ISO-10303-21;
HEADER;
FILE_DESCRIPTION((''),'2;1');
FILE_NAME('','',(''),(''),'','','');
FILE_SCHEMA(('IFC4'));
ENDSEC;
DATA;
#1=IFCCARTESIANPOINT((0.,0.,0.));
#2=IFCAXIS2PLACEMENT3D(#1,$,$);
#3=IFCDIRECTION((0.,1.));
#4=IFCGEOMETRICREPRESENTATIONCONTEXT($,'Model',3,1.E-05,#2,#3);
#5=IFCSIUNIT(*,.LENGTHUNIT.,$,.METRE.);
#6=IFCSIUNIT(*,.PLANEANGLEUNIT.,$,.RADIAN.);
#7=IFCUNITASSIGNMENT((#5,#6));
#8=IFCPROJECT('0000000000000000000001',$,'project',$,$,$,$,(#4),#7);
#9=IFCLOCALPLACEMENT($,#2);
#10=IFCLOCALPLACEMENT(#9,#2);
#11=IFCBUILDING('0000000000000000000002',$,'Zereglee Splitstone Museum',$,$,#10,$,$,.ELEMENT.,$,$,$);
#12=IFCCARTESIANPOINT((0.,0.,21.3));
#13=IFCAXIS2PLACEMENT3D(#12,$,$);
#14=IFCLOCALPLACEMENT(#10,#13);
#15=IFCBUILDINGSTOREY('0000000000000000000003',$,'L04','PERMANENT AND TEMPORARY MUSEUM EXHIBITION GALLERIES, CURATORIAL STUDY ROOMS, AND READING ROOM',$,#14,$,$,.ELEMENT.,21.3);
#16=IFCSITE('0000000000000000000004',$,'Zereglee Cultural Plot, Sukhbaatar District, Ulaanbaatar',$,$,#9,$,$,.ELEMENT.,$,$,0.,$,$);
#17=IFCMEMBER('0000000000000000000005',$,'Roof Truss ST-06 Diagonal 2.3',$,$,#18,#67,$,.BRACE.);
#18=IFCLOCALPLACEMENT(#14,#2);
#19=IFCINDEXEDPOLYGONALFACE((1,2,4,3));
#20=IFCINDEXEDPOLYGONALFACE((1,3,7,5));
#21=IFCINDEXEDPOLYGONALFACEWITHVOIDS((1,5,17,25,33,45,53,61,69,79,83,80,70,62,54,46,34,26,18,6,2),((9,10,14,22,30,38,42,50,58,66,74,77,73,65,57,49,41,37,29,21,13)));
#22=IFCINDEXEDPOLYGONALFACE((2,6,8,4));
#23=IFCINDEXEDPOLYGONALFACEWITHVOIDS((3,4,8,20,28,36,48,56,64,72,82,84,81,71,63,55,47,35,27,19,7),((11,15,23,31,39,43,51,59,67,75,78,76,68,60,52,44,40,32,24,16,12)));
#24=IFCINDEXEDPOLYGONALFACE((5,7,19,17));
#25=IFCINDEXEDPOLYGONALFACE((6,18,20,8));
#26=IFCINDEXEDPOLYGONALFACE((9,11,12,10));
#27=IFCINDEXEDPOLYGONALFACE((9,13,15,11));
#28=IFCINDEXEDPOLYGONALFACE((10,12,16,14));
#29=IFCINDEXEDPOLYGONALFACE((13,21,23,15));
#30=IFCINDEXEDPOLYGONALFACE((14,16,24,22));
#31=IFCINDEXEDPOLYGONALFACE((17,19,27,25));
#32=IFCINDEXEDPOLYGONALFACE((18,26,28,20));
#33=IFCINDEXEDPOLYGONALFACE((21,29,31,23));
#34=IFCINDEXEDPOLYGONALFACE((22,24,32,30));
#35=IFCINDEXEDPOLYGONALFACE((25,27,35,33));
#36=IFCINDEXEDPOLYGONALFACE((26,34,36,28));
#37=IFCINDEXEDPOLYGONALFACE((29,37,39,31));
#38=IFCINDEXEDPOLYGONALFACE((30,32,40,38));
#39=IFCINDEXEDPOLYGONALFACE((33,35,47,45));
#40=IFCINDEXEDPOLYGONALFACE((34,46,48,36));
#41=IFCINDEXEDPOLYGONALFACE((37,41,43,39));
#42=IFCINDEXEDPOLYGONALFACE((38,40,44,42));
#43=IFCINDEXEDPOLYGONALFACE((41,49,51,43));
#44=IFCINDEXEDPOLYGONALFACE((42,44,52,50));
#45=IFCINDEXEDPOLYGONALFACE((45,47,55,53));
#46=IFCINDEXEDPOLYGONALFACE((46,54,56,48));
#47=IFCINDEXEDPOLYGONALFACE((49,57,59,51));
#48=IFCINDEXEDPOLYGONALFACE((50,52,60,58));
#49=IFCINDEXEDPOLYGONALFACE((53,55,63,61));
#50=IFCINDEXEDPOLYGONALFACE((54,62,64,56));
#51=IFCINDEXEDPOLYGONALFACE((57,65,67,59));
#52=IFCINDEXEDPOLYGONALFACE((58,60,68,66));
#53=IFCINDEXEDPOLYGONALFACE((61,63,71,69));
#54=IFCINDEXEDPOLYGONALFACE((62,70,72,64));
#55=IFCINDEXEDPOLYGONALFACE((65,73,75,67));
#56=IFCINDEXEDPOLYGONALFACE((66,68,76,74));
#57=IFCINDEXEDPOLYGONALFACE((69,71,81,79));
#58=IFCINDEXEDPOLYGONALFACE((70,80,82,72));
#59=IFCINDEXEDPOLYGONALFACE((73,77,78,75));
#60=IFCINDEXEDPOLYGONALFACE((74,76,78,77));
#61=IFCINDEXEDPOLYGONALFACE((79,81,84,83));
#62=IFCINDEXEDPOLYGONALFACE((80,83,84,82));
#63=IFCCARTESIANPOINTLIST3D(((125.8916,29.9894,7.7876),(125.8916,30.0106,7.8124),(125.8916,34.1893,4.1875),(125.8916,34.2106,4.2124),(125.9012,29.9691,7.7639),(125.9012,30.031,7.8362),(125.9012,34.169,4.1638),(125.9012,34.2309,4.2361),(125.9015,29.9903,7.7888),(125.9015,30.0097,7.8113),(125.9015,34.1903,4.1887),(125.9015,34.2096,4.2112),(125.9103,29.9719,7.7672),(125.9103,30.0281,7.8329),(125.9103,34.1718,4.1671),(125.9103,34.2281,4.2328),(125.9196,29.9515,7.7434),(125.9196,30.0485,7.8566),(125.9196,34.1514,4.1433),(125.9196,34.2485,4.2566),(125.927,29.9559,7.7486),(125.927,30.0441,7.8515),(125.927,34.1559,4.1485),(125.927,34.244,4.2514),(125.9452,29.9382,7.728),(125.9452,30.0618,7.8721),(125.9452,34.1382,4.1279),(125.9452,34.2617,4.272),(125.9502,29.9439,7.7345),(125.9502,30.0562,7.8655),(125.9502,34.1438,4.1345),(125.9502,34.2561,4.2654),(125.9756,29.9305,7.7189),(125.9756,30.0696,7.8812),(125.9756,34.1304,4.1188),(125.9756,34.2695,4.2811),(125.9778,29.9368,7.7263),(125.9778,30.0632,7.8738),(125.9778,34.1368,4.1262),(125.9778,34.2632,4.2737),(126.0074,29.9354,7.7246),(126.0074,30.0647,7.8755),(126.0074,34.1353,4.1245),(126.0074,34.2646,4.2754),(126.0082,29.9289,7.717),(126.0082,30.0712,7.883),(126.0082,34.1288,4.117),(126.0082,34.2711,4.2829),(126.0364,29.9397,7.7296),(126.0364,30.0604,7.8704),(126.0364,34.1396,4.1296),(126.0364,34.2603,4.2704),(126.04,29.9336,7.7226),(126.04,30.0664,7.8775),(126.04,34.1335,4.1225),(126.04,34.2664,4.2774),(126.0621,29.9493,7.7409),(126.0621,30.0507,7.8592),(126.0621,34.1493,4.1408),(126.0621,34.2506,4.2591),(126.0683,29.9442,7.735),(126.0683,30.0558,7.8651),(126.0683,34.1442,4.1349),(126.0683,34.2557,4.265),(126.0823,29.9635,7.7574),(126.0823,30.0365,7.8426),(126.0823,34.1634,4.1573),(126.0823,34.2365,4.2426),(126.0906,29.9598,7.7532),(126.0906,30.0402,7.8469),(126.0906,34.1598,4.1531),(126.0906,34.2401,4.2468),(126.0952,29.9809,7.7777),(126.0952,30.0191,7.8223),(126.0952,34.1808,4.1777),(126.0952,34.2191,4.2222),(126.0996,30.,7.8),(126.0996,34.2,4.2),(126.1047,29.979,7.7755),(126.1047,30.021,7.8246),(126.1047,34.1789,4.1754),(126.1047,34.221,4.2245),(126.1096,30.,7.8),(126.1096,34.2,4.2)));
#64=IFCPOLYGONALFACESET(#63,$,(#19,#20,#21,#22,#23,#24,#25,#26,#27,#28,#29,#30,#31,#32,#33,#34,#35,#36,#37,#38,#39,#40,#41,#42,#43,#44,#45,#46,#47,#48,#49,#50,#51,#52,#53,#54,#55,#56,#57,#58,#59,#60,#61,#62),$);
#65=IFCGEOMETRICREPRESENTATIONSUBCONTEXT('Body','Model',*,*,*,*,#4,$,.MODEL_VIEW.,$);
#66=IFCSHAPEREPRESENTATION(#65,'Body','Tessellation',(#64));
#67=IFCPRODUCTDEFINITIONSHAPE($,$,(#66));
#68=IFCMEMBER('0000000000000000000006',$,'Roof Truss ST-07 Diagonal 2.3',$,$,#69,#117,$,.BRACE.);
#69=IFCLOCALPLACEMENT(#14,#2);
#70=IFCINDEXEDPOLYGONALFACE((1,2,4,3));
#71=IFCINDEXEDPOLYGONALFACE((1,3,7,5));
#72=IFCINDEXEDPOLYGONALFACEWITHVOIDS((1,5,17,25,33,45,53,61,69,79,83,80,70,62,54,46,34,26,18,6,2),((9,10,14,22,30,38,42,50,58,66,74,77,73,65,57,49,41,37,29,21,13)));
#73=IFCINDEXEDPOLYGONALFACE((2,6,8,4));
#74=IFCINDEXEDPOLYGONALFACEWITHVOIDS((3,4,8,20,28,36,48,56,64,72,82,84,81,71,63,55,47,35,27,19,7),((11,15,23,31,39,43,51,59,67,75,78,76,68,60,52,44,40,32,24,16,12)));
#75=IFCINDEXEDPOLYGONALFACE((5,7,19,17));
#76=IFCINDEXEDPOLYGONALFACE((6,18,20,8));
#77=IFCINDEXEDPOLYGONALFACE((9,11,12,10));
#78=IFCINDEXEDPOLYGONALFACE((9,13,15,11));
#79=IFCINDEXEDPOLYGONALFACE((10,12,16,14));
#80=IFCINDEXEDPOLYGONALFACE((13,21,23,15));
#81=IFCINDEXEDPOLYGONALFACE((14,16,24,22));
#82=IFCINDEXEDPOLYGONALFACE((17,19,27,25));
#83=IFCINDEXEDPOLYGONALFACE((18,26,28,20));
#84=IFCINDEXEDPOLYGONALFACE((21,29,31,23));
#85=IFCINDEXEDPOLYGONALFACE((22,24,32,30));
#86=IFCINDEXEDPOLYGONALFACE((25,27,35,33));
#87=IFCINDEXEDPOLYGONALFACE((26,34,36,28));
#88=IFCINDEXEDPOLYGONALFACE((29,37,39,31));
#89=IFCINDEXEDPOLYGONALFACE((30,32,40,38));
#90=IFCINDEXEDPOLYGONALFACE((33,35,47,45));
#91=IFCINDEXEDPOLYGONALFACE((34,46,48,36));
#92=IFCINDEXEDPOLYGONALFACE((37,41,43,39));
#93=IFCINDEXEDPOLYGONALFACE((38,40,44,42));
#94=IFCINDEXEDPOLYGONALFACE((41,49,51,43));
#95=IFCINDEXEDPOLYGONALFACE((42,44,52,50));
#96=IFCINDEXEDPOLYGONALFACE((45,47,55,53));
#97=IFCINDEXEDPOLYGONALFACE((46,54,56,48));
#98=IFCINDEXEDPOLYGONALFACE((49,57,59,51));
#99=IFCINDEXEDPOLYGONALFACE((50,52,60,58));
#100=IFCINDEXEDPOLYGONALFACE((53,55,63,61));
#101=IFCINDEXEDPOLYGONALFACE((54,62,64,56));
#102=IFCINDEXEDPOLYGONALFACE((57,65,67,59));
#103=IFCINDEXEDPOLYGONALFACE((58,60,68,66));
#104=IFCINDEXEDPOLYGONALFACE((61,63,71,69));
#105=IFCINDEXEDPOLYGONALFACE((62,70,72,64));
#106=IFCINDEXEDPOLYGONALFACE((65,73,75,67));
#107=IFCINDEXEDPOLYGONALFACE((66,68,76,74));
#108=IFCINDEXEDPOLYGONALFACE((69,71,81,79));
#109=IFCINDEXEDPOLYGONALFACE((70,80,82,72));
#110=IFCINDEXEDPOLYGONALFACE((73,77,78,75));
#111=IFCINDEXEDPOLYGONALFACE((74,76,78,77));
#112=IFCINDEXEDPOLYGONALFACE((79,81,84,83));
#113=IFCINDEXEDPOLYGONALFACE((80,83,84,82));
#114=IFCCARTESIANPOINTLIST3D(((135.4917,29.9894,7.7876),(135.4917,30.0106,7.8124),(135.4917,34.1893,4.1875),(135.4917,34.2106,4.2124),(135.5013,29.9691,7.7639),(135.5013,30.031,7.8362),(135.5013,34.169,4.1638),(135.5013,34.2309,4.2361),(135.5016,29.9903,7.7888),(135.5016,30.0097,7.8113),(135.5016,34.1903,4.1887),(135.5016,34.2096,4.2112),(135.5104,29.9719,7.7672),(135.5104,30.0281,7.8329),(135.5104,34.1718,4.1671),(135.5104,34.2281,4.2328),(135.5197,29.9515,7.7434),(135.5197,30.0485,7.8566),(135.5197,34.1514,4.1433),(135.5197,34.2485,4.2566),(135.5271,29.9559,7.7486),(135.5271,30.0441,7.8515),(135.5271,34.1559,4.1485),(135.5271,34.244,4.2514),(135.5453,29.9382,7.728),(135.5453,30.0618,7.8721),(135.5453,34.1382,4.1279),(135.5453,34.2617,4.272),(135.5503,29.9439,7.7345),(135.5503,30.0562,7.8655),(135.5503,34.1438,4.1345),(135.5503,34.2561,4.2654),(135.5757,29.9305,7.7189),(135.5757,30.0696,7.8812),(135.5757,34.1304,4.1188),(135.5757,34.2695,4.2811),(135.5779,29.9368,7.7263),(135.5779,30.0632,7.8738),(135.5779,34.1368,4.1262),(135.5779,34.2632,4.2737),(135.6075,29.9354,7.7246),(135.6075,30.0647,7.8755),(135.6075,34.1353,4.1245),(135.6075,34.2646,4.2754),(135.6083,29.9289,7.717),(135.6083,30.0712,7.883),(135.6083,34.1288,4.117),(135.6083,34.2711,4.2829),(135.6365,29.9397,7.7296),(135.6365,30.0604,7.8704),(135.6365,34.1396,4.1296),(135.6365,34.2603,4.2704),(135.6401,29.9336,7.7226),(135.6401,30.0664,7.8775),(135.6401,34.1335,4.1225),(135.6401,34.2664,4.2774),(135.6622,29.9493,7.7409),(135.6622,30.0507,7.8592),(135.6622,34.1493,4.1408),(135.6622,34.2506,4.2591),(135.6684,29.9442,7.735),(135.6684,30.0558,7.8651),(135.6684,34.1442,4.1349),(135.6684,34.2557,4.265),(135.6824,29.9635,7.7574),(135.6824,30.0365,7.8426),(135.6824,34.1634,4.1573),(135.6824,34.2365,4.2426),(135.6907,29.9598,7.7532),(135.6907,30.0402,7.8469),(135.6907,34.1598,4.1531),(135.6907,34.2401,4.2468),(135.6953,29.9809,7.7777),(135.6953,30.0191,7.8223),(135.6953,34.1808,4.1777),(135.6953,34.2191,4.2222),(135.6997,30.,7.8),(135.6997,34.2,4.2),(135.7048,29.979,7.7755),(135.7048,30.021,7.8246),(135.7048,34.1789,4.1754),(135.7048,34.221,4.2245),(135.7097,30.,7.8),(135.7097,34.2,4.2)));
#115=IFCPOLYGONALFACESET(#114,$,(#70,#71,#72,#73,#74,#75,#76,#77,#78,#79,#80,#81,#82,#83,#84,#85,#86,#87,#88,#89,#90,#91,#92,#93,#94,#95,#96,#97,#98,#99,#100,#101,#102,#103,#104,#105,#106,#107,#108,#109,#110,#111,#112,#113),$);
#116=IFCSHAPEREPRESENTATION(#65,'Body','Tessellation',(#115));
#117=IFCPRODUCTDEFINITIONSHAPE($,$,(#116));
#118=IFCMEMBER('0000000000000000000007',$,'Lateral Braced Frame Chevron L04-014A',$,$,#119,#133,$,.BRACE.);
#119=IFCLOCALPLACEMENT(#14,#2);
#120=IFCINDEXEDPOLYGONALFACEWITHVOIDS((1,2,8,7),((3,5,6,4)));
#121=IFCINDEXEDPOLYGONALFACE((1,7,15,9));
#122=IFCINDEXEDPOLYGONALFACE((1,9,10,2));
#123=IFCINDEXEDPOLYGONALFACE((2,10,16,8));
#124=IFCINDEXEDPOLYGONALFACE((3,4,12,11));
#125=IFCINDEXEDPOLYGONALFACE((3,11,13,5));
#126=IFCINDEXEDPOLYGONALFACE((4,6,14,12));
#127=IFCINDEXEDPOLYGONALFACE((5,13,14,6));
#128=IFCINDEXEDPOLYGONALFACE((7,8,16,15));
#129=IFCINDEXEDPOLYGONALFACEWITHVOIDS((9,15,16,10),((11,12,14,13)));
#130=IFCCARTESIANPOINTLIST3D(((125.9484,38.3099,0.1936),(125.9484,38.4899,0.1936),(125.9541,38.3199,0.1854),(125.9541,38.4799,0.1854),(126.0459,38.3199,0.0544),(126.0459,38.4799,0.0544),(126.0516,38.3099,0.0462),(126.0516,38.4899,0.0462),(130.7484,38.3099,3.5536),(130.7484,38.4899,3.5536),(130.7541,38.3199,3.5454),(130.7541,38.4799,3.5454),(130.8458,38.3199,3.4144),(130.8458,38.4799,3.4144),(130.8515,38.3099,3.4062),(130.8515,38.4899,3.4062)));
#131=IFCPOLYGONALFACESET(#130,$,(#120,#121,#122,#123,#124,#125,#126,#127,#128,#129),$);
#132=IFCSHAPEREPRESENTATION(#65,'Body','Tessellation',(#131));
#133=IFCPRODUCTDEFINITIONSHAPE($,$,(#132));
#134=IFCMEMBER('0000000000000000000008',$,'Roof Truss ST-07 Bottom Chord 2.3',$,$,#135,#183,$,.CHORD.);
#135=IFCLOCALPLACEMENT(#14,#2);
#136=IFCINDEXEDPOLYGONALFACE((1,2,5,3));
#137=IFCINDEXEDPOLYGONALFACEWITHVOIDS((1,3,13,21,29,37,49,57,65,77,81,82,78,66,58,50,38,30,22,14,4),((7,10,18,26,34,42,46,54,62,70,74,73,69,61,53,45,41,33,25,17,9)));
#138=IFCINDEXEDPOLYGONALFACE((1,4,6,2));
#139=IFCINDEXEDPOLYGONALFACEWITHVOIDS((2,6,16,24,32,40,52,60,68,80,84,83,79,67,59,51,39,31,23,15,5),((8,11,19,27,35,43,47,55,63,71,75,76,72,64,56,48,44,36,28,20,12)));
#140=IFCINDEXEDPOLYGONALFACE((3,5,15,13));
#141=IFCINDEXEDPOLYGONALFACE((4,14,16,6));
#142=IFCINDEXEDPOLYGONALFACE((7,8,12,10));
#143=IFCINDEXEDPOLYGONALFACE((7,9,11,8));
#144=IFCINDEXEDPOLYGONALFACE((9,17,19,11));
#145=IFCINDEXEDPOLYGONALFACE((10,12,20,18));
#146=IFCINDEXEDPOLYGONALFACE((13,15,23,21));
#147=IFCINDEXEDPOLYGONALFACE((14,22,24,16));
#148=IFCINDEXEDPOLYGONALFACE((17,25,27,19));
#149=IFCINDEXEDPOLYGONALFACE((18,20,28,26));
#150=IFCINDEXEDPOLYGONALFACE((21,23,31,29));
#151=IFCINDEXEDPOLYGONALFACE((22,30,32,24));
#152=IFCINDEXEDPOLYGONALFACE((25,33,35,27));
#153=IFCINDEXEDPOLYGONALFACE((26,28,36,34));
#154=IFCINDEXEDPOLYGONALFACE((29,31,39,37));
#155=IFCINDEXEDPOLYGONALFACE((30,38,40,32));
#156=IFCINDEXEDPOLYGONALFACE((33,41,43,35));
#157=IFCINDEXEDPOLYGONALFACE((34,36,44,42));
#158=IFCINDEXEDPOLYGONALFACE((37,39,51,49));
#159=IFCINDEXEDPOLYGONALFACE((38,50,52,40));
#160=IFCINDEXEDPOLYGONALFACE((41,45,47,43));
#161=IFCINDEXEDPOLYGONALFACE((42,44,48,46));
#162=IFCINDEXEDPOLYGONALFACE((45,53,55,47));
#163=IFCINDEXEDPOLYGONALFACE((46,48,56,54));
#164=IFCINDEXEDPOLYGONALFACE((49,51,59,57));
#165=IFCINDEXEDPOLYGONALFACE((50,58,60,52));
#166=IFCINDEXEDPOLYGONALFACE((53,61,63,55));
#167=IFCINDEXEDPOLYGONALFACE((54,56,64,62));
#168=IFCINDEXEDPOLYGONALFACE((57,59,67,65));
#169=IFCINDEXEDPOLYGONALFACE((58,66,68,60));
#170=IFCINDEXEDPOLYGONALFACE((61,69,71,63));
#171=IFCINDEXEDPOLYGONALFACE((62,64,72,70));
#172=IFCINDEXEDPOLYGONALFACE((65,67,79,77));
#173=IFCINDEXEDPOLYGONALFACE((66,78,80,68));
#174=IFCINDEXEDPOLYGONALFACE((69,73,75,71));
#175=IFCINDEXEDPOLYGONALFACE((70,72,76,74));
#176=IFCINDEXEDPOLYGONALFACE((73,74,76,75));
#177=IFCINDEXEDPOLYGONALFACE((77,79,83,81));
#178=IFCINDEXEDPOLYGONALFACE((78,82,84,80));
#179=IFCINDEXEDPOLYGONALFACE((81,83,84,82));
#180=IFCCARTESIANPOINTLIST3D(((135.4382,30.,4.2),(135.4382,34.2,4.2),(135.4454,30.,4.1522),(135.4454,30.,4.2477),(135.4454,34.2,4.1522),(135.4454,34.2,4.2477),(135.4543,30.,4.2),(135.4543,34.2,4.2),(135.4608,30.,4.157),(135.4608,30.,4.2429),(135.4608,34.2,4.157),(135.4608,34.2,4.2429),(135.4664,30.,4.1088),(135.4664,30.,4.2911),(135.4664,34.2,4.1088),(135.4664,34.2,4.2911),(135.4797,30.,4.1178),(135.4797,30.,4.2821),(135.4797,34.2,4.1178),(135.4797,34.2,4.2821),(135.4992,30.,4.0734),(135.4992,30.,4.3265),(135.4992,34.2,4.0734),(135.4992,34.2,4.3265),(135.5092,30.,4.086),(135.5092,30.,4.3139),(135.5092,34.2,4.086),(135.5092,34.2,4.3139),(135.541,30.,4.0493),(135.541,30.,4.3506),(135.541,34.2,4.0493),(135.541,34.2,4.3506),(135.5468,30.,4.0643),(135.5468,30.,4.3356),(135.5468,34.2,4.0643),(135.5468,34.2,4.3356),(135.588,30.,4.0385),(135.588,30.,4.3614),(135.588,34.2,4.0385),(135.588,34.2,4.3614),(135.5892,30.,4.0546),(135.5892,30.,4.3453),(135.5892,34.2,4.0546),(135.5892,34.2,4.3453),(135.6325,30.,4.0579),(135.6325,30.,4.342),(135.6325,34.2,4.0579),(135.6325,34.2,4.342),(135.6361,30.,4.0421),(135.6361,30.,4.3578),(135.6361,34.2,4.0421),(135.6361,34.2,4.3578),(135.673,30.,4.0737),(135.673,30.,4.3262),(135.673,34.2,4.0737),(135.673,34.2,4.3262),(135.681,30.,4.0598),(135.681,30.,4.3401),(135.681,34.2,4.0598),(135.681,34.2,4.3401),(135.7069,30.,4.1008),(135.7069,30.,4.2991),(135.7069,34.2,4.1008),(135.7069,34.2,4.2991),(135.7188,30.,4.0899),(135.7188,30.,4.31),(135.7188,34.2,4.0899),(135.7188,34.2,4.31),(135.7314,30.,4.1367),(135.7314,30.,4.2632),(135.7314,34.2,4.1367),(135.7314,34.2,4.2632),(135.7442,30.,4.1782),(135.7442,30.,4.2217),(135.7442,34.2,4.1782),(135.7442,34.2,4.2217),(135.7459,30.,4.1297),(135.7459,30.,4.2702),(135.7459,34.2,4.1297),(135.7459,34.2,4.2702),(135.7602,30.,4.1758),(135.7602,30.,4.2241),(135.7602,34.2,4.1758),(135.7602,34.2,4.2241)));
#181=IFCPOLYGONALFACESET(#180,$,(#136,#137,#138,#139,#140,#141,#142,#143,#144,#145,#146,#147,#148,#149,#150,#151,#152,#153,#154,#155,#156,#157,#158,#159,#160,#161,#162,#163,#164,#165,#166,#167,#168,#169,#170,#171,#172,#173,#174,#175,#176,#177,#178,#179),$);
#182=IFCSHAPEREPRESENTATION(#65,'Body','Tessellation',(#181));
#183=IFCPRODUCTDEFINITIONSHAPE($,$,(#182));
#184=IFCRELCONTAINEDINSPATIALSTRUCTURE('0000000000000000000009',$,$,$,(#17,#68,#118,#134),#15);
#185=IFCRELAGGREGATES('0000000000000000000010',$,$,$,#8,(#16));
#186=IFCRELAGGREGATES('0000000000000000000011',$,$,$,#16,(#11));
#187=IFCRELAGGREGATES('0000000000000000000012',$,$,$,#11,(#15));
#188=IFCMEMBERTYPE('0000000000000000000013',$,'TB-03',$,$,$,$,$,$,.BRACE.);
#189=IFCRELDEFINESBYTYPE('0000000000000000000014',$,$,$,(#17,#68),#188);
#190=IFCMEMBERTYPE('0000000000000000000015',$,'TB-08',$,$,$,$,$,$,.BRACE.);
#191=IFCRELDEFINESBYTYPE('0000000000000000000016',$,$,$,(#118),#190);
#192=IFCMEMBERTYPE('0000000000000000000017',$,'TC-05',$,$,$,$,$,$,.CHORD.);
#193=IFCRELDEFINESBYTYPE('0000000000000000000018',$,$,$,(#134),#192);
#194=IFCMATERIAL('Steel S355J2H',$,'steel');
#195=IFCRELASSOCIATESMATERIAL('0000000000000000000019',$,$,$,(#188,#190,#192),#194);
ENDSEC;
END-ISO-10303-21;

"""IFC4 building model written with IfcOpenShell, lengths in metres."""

from ifc_helpers import new_model, si_unit, direction, frame, origin, origin_2d, place, context, subcontext, project, spatial, hollow_rectangle, hollow_circle, extrude, material, material_profile, profile_set, type_object, element, save


model = new_model("IFC4")

# Units and contexts
model_context = context("Model", 3, precision=1e-05, world=origin(), true_north=direction((0.0, 1.0)))
body_context = subcontext(model_context, "Body", "Model", "MODEL_VIEW")
ifc_project = project(units=[si_unit("LENGTHUNIT", "METRE"), si_unit("PLANEANGLEUNIT", "RADIAN")], contexts=[model_context])

# Site, building, storey
site_placement = place(None, origin())
site = spatial("IfcSite", under=ifc_project, at=site_placement, Name="Zereglee Cultural Plot, Sukhbaatar District, Ulaanbaatar", CompositionType="ELEMENT", RefElevation=0.0)
building_placement = place(site_placement, origin())
building = spatial("IfcBuilding", under=site, at=building_placement, Name="Zereglee Splitstone Museum", CompositionType="ELEMENT")
storey_placement = place(building_placement, frame((0.0, 0.0, 21.3)))
storey = spatial("IfcBuildingStorey", under=building, at=storey_placement, Name="L04", Description="PERMANENT AND TEMPORARY MUSEUM EXHIBITION GALLERIES, CURATORIAL STUDY ROOMS, AND READING ROOM", CompositionType="ELEMENT", Elevation=21.3)

# Shared definitions
ifc_material_1 = material(Name="Steel S355J2H", Category="steel")

# Members
ifc_material_profile_1 = material_profile(ifc_material_1, hollow_circle(Radius=0.1096, WallThickness=0.01, at=origin_2d()), Name="CHS 219.1x10")
ifc_profile_set_1 = profile_set([ifc_material_profile_1], Name="Steel S355J2H")
member_type_1 = type_object("IfcMemberType", Name="TB-03", PredefinedType="BRACE", material=ifc_profile_set_1)
for number, where, z_axis, x_axis, name in (
    (1, (126.0, 34.2, 4.2), (0.0, -0.759244, 0.650806), (1.0, 0.0, 0.0), "Roof Truss ST-06 Diagonal 2.3"),
    (2, (135.6001, 34.2, 4.2), (0.0, -0.759244, 0.650806), (1.0, 0.0, 0.0), "Roof Truss ST-07 Diagonal 2.3"),
):
    element("IfcMember", number, at=place(storey_placement, frame(where, z_axis=z_axis, x_axis=x_axis)), inside=storey, type_object=member_type_1, Name=name, PredefinedType="BRACE", context=body_context, shape_type="SweptSolid", body=[
        extrude(hollow_circle(Radius=0.1096, WallThickness=0.01, at=origin_2d()), origin(), (0.0, 0.0, 1.0), 5.5317),
    ])
ifc_material_profile_2 = material_profile(ifc_material_1, hollow_rectangle(XDim=0.1799, YDim=0.1799, WallThickness=0.01, at=origin_2d()), Name="SHS 180x180x10")
ifc_profile_set_2 = profile_set([ifc_material_profile_2], Name="Steel S355J2H")
member_type_2 = type_object("IfcMemberType", Name="TB-08", PredefinedType="BRACE", material=ifc_profile_set_2)
member_1_placement = place(storey_placement, frame((126.0, 38.3999, 0.1199), z_axis=(0.819226, 0.0, 0.573471), x_axis=(0.0, 1.0, 0.0)))
element("IfcMember", 3, at=member_1_placement, inside=storey, type_object=member_type_2, Name="Lateral Braced Frame Chevron L04-014A", PredefinedType="BRACE", context=body_context, shape_type="SweptSolid", body=[
    extrude(hollow_rectangle(XDim=0.1799, YDim=0.1799, WallThickness=0.01, at=origin_2d()), origin(), (0.0, 0.0, 1.0), 5.8591),
])
ifc_material_profile_3 = material_profile(ifc_material_1, hollow_circle(Radius=0.1619, WallThickness=0.0161, at=origin_2d()), Name="CHS 323.9x16")
ifc_profile_set_3 = profile_set([ifc_material_profile_3], Name="Steel S355J2H")
member_type_3 = type_object("IfcMemberType", Name="TC-05", PredefinedType="CHORD", material=ifc_profile_set_3)
for number, where, z_axis, x_axis, name in (
    (4, (135.6001, 30.0, 4.2), (0.0, 1.0, 0.0), (-1.0, 0.0, 0.0), "Roof Truss ST-07 Bottom Chord 2.3"),
):
    element("IfcMember", number, at=place(storey_placement, frame(where, z_axis=z_axis, x_axis=x_axis)), inside=storey, type_object=member_type_3, Name=name, PredefinedType="CHORD", context=body_context, shape_type="SweptSolid", body=[
        extrude(hollow_circle(Radius=0.1619, WallThickness=0.0161, at=origin_2d()), origin(), (0.0, 0.0, 1.0), 4.2),
    ])

save(model, "model.ifc")
